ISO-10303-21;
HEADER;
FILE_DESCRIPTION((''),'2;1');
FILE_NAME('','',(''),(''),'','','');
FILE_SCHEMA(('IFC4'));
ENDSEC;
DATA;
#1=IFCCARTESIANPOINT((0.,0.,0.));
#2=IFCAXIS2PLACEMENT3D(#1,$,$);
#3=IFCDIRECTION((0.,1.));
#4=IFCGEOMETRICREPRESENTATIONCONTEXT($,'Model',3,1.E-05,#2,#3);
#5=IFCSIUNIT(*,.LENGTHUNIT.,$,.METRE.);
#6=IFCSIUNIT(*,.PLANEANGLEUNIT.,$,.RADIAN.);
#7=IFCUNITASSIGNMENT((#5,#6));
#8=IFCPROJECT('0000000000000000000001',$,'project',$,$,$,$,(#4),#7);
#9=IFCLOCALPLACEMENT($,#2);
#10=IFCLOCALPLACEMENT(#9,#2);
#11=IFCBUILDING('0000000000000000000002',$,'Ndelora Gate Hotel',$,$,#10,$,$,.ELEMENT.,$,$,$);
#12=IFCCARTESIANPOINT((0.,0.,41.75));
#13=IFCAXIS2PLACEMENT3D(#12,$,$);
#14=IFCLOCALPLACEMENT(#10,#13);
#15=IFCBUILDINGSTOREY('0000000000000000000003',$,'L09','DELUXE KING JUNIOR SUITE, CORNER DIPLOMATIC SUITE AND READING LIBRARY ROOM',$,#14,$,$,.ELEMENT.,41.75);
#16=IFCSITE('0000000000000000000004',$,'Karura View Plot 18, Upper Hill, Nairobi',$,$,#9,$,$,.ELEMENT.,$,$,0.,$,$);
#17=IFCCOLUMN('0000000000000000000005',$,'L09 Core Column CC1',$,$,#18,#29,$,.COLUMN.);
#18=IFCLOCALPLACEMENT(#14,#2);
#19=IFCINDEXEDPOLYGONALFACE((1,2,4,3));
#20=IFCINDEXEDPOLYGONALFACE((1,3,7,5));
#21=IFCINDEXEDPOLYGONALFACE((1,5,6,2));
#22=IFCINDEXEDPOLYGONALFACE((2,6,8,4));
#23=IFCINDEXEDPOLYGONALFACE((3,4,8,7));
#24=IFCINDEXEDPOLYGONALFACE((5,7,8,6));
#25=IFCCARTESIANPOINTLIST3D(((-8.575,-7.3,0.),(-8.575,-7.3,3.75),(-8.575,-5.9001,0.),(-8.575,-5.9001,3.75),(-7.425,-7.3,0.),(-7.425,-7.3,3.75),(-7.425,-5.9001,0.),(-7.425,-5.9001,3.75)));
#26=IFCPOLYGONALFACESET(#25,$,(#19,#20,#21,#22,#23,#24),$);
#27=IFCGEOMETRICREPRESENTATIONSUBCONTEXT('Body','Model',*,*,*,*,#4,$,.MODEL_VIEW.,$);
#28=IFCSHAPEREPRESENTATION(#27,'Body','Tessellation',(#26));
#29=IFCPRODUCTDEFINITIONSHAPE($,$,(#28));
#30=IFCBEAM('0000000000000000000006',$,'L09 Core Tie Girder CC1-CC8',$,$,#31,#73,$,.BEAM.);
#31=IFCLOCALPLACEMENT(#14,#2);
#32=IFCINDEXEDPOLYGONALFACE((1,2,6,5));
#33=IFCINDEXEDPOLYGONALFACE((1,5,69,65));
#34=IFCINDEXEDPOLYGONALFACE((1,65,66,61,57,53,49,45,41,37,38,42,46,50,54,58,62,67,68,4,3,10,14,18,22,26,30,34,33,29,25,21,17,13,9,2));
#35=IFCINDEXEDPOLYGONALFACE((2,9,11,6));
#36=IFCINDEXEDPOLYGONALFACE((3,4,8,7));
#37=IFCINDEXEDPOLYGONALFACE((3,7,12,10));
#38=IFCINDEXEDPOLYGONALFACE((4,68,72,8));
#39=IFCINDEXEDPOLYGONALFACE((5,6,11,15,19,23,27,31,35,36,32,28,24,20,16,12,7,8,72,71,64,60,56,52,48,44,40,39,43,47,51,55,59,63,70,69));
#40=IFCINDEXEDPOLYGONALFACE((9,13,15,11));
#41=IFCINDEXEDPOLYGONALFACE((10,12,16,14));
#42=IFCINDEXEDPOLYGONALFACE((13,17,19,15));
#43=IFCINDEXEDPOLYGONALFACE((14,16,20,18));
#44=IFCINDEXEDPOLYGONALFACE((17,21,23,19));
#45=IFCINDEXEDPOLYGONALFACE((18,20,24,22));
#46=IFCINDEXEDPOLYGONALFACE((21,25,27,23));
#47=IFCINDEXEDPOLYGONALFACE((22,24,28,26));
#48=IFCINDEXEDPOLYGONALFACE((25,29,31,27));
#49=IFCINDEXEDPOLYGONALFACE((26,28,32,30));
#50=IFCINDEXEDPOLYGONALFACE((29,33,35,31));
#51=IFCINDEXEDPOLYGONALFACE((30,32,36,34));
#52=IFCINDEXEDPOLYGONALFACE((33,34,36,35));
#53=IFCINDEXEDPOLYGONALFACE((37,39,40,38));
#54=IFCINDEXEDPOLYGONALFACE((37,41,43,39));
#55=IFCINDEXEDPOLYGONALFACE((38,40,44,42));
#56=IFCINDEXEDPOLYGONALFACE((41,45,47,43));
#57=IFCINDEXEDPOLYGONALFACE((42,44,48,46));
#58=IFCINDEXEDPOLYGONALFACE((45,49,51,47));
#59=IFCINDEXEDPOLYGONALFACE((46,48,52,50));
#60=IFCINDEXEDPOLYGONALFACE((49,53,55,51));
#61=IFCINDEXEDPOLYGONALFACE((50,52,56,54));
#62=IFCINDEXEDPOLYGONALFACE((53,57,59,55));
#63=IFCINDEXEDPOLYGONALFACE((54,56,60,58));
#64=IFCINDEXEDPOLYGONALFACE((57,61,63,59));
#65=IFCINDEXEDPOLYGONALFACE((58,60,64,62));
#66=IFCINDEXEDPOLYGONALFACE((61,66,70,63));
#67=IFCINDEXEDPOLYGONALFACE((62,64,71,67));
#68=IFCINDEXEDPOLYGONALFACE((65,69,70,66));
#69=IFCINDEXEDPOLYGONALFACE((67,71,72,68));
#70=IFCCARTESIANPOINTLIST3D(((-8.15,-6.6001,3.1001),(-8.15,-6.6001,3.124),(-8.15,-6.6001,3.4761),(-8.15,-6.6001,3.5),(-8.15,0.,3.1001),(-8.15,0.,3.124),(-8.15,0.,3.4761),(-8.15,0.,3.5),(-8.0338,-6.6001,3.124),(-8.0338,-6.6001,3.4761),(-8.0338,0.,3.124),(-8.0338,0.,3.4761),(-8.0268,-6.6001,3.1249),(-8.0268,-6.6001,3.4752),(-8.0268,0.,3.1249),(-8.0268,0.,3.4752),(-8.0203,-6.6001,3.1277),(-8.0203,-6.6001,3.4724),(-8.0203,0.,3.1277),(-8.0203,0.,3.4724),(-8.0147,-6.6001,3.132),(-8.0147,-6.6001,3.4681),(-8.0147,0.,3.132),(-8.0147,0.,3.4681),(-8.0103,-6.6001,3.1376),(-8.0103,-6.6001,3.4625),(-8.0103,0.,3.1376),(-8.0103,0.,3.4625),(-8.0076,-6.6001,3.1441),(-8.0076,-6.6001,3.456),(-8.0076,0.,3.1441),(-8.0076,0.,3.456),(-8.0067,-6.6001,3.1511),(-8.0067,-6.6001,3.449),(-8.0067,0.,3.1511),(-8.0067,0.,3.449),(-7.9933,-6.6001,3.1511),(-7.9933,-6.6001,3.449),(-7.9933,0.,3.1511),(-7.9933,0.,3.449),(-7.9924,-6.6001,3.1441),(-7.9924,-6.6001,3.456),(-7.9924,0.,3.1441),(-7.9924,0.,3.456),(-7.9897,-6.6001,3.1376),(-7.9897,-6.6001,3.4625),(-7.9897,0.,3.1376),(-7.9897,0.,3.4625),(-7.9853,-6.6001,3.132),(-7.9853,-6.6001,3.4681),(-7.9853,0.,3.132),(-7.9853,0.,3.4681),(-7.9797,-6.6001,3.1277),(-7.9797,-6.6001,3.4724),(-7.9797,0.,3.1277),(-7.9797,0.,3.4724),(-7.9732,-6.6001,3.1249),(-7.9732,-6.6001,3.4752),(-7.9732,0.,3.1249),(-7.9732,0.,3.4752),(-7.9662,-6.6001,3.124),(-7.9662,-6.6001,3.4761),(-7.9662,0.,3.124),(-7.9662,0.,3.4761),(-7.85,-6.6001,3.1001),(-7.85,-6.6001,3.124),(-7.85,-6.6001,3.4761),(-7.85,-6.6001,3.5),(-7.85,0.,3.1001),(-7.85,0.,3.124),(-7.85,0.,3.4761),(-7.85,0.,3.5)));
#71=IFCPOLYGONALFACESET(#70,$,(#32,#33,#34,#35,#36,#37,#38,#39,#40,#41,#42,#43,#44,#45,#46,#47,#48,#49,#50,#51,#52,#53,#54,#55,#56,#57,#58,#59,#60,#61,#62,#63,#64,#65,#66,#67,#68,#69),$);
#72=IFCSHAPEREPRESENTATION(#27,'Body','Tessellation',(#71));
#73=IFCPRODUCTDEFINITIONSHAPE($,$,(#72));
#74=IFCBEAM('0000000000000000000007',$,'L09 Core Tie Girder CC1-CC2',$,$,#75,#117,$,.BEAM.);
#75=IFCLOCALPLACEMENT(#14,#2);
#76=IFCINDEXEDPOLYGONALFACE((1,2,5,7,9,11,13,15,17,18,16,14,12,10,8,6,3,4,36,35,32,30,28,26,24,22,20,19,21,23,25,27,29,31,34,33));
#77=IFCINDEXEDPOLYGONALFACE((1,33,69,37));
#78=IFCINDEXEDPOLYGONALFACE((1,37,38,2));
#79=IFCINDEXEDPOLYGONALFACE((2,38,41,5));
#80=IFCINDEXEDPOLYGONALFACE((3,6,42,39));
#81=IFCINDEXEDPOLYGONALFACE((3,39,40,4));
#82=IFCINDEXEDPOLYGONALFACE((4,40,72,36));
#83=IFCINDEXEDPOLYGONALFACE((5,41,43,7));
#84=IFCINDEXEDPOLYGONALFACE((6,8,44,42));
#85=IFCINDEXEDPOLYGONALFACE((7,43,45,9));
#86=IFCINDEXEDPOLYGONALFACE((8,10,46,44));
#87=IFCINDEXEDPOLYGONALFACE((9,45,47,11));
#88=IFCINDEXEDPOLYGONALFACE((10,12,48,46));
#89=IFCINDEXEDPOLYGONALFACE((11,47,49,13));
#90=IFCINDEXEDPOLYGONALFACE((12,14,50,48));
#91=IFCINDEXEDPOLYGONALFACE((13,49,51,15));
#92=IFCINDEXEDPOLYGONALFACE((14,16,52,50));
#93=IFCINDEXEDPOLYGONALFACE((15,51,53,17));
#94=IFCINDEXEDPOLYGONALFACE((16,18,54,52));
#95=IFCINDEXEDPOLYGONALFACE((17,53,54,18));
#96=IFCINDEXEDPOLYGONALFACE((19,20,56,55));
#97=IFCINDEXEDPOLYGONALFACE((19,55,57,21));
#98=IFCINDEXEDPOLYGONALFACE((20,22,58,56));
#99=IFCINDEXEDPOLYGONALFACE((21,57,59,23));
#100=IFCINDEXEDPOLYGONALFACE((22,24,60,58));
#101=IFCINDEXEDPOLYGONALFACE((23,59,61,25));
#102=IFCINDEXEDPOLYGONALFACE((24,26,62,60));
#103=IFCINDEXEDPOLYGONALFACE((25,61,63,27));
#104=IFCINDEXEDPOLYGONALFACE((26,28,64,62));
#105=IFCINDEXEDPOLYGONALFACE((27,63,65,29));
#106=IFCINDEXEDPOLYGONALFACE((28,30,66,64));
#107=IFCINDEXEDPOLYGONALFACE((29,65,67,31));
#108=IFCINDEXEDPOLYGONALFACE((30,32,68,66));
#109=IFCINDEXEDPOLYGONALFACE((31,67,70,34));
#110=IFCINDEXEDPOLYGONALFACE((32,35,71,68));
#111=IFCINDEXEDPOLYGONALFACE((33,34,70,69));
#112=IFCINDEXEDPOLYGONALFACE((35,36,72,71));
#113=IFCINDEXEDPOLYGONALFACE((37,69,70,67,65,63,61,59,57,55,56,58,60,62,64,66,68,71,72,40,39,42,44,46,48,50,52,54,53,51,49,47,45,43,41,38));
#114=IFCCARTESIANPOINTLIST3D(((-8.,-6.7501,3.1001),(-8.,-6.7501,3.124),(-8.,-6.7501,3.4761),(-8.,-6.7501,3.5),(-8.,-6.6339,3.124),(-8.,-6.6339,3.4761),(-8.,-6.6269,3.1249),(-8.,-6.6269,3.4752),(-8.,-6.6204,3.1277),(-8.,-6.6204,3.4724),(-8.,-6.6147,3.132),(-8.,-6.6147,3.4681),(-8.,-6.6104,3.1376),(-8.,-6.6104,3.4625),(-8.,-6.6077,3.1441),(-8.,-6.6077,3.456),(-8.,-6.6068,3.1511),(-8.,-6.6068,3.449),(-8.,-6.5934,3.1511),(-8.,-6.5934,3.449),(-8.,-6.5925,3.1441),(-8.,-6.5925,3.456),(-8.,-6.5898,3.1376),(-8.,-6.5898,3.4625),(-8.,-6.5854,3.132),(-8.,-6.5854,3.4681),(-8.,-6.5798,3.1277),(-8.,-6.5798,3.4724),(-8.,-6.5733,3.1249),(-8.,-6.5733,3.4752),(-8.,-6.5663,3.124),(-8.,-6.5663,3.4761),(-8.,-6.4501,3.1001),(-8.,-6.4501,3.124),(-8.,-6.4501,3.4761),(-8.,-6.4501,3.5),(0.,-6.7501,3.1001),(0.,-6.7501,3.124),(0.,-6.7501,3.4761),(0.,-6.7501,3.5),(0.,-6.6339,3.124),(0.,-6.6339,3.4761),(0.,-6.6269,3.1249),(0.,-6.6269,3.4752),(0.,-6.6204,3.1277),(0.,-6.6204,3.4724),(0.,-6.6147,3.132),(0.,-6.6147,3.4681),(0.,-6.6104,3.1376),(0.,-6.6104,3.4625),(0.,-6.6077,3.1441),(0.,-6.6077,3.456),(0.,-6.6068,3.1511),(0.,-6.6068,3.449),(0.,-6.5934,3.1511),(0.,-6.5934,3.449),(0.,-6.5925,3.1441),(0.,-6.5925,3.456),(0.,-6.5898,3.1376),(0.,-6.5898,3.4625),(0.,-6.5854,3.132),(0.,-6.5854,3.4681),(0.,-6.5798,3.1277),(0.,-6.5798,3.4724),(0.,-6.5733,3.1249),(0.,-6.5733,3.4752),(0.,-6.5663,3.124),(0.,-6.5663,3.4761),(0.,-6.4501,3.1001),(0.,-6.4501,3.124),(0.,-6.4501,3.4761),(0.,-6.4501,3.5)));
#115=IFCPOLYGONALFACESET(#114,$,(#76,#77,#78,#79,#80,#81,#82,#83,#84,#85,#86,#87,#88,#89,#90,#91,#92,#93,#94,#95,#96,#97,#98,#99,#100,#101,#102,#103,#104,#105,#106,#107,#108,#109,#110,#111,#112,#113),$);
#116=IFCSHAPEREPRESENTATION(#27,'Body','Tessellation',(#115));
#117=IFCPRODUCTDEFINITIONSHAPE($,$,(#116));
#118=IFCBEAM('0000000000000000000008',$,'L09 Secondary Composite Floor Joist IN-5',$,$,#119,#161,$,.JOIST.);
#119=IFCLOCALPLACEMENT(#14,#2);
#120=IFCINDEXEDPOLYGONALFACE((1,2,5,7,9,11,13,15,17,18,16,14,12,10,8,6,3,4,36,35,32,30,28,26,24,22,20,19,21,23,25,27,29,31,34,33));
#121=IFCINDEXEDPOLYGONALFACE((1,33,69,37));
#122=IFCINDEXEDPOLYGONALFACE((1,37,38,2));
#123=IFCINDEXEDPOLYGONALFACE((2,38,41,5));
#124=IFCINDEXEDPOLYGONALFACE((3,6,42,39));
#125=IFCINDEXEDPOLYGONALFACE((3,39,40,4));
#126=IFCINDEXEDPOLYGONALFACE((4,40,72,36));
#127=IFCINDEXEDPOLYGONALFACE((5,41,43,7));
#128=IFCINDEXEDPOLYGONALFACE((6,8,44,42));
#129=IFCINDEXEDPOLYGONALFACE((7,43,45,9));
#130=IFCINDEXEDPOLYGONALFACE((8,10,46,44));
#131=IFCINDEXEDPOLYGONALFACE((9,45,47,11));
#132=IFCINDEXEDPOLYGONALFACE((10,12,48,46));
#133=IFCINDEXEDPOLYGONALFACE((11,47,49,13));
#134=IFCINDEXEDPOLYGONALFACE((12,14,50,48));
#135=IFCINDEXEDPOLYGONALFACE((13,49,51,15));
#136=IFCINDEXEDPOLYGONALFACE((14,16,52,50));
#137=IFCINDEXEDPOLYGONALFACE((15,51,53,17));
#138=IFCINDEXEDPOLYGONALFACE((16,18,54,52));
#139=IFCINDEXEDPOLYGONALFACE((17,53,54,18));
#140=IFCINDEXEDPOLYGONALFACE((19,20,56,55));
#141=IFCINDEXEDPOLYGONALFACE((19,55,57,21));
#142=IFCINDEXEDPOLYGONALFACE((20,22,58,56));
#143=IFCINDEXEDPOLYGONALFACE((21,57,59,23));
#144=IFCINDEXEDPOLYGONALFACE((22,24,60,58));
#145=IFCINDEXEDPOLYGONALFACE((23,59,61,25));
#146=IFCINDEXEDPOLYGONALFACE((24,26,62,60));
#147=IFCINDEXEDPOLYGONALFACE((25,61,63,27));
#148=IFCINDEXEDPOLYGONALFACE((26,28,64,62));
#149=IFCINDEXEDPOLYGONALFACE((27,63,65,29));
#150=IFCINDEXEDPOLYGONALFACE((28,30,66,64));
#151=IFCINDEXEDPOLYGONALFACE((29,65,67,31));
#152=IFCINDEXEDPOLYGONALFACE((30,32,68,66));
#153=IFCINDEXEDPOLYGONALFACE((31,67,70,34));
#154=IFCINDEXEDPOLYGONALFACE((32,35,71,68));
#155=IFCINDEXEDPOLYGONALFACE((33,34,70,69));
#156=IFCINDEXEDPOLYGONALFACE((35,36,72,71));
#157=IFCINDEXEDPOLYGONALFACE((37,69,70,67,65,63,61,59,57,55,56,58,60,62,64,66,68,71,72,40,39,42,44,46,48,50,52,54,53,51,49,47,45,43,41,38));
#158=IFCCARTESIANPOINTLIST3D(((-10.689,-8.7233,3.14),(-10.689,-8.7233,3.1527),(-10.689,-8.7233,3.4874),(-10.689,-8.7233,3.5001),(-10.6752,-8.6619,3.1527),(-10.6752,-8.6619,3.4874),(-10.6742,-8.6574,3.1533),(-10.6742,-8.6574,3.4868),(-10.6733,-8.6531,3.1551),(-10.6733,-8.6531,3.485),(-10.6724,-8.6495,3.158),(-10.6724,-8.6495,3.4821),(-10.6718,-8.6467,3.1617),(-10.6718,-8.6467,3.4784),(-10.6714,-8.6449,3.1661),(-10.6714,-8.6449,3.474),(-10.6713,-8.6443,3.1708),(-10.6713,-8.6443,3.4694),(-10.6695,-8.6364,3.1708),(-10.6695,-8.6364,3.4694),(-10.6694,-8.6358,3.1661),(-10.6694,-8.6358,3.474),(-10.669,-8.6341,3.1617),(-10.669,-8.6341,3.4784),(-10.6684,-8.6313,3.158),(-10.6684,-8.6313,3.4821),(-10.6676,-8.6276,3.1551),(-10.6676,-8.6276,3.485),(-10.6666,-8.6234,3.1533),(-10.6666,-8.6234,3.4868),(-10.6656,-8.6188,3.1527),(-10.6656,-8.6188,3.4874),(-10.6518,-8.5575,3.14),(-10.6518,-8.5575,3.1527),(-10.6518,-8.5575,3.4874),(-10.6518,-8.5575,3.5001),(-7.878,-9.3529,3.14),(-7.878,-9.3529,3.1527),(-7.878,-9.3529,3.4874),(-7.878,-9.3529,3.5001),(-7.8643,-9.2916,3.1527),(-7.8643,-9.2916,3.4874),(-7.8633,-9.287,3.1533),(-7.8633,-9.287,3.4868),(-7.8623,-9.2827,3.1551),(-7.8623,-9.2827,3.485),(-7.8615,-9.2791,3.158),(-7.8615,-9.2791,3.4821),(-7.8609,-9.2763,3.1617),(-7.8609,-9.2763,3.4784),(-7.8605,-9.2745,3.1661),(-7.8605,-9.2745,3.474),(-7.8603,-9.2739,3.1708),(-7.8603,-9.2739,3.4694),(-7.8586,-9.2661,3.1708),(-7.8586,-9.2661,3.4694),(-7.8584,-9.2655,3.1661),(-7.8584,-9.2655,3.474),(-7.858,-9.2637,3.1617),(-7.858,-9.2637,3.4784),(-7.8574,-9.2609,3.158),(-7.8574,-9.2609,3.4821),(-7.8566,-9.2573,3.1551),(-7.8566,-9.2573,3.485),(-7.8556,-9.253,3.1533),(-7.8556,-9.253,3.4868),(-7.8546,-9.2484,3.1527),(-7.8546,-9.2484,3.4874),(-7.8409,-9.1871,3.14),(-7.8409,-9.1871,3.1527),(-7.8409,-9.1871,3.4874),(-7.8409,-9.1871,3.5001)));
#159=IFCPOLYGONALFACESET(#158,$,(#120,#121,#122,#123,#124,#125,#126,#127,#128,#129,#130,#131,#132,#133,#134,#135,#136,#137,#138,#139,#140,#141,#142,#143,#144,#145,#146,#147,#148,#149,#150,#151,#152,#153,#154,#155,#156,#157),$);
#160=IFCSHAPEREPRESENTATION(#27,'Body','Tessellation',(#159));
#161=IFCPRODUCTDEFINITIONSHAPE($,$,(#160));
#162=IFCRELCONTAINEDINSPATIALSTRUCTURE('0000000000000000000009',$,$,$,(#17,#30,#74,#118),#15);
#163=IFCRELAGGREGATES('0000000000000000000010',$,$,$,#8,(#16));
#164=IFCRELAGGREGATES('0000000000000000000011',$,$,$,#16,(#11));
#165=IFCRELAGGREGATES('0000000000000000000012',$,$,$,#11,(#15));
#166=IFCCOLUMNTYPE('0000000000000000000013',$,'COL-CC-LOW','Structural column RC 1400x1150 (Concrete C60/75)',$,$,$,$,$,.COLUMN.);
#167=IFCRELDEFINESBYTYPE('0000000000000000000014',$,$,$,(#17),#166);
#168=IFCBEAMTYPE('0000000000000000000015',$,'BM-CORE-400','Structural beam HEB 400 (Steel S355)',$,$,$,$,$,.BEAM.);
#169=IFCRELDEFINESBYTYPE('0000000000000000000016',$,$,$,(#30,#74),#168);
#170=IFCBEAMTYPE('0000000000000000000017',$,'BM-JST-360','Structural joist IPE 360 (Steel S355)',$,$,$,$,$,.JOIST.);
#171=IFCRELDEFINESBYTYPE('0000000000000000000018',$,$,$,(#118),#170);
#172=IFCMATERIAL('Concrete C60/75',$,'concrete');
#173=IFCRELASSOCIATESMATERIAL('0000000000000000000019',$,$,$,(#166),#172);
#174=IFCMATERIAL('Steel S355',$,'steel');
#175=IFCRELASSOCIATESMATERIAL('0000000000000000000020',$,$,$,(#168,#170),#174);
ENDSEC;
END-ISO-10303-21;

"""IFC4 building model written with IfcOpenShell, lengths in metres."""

from ifc_helpers import new_model, si_unit, direction, frame, origin, origin_2d, place, context, subcontext, project, spatial, rectangle, i_section, extrude, material, material_profile, profile_set, type_object, element, save


model = new_model("IFC4")

# Units and contexts
model_context = context("Model", 3, precision=1e-05, world=origin(), true_north=direction((0.0, 1.0)))
body_context = subcontext(model_context, "Body", "Model", "MODEL_VIEW")
ifc_project = project(units=[si_unit("LENGTHUNIT", "METRE"), si_unit("PLANEANGLEUNIT", "RADIAN")], contexts=[model_context])

# Site, building, storey
site_placement = place(None, origin())
site = spatial("IfcSite", under=ifc_project, at=site_placement, Name="Karura View Plot 18, Upper Hill, Nairobi", CompositionType="ELEMENT", RefElevation=0.0)
building_placement = place(site_placement, origin())
building = spatial("IfcBuilding", under=site, at=building_placement, Name="Ndelora Gate Hotel", CompositionType="ELEMENT")
storey_placement = place(building_placement, frame((0.0, 0.0, 41.75)))
storey = spatial("IfcBuildingStorey", under=building, at=storey_placement, Name="L09", Description="DELUXE KING JUNIOR SUITE, CORNER DIPLOMATIC SUITE AND READING LIBRARY ROOM", CompositionType="ELEMENT", Elevation=41.75)

# Column
ifc_material_1 = material(Name="Concrete C60/75", Category="concrete")
ifc_material_profile_1 = material_profile(ifc_material_1, rectangle(XDim=1.1499, YDim=1.3999, at=origin_2d()), Name="RC 1400x1150")
ifc_profile_set_1 = profile_set([ifc_material_profile_1], Name="Concrete C60/75")
column_type = type_object("IfcColumnType", Name="COL-CC-LOW", Description="Structural column RC 1400x1150 (Concrete C60/75)", PredefinedType="COLUMN", material=ifc_profile_set_1)
column_placement = place(storey_placement, frame((-8.0, -6.6001, 0.0), z_axis=(0.0, 0.0, 1.0), x_axis=(1.0, 0.0, 0.0)))
element("IfcColumn", 1, at=column_placement, inside=storey, type_object=column_type, Name="L09 Core Column CC1", PredefinedType="COLUMN", context=body_context, shape_type="SweptSolid", body=[
    extrude(rectangle(XDim=1.1499, YDim=1.3999, at=origin_2d()), origin(), (0.0, 0.0, 1.0), 3.75),
])

# Beams
ifc_material_2 = material(Name="Steel S355", Category="steel")
ifc_material_profile_2 = material_profile(ifc_material_2, i_section(OverallWidth=0.3, OverallDepth=0.3999, WebThickness=0.0134, FlangeThickness=0.0239, FilletRadius=0.0271, at=origin_2d()), Name="HEB 400")
ifc_profile_set_2 = profile_set([ifc_material_profile_2], Name="Steel S355")
beam_type_1 = type_object("IfcBeamType", Name="BM-CORE-400", Description="Structural beam HEB 400 (Steel S355)", PredefinedType="BEAM", material=ifc_profile_set_2)
beam_1_placement = place(storey_placement, frame((-8.0, -6.6001, 3.3), z_axis=(0.0, 1.0, 0.0), x_axis=(-1.0, 0.0, 0.0)))
element("IfcBeam", 2, at=beam_1_placement, inside=storey, type_object=beam_type_1, Name="L09 Core Tie Girder CC1-CC8", PredefinedType="BEAM", context=body_context, shape_type="SweptSolid", body=[
    extrude(i_section(OverallWidth=0.3, OverallDepth=0.3999, WebThickness=0.0134, FlangeThickness=0.0239, FilletRadius=0.0271, at=origin_2d()), origin(), (0.0, 0.0, 1.0), 6.6001),
])
beam_2_placement = place(storey_placement, frame((-8.0, -6.6001, 3.3), z_axis=(1.0, 0.0, 0.0), x_axis=(0.0, 1.0, 0.0)))
element("IfcBeam", 3, at=beam_2_placement, inside=storey, type_object=beam_type_1, Name="L09 Core Tie Girder CC1-CC2", PredefinedType="BEAM", context=body_context, shape_type="SweptSolid", body=[
    extrude(i_section(OverallWidth=0.3, OverallDepth=0.3999, WebThickness=0.0134, FlangeThickness=0.0239, FilletRadius=0.0271, at=origin_2d()), origin(), (0.0, 0.0, 1.0), 8.0),
])
ifc_material_profile_3 = material_profile(ifc_material_2, i_section(OverallWidth=0.1699, OverallDepth=0.3601, WebThickness=0.0081, FlangeThickness=0.0127, FilletRadius=0.0181, at=origin_2d()), Name="IPE 360")
ifc_profile_set_3 = profile_set([ifc_material_profile_3], Name="Steel S355")
beam_type_2 = type_object("IfcBeamType", Name="BM-JST-360", Description="Structural joist IPE 360 (Steel S355)", PredefinedType="JOIST", material=ifc_profile_set_3)
beam_3_placement = place(storey_placement, frame((-10.6704, -8.6404, 3.3201), z_axis=(0.975821, -0.218572, 0.0), x_axis=(0.218572, 0.975821, 0.0)))
element("IfcBeam", 4, at=beam_3_placement, inside=storey, type_object=beam_type_2, Name="L09 Secondary Composite Floor Joist IN-5", PredefinedType="JOIST", context=body_context, shape_type="SweptSolid", body=[
    extrude(i_section(OverallWidth=0.1699, OverallDepth=0.3601, WebThickness=0.0081, FlangeThickness=0.0127, FilletRadius=0.0181, at=origin_2d()), origin(), (0.0, 0.0, 1.0), 2.8806),
])

save(model, "model.ifc")
